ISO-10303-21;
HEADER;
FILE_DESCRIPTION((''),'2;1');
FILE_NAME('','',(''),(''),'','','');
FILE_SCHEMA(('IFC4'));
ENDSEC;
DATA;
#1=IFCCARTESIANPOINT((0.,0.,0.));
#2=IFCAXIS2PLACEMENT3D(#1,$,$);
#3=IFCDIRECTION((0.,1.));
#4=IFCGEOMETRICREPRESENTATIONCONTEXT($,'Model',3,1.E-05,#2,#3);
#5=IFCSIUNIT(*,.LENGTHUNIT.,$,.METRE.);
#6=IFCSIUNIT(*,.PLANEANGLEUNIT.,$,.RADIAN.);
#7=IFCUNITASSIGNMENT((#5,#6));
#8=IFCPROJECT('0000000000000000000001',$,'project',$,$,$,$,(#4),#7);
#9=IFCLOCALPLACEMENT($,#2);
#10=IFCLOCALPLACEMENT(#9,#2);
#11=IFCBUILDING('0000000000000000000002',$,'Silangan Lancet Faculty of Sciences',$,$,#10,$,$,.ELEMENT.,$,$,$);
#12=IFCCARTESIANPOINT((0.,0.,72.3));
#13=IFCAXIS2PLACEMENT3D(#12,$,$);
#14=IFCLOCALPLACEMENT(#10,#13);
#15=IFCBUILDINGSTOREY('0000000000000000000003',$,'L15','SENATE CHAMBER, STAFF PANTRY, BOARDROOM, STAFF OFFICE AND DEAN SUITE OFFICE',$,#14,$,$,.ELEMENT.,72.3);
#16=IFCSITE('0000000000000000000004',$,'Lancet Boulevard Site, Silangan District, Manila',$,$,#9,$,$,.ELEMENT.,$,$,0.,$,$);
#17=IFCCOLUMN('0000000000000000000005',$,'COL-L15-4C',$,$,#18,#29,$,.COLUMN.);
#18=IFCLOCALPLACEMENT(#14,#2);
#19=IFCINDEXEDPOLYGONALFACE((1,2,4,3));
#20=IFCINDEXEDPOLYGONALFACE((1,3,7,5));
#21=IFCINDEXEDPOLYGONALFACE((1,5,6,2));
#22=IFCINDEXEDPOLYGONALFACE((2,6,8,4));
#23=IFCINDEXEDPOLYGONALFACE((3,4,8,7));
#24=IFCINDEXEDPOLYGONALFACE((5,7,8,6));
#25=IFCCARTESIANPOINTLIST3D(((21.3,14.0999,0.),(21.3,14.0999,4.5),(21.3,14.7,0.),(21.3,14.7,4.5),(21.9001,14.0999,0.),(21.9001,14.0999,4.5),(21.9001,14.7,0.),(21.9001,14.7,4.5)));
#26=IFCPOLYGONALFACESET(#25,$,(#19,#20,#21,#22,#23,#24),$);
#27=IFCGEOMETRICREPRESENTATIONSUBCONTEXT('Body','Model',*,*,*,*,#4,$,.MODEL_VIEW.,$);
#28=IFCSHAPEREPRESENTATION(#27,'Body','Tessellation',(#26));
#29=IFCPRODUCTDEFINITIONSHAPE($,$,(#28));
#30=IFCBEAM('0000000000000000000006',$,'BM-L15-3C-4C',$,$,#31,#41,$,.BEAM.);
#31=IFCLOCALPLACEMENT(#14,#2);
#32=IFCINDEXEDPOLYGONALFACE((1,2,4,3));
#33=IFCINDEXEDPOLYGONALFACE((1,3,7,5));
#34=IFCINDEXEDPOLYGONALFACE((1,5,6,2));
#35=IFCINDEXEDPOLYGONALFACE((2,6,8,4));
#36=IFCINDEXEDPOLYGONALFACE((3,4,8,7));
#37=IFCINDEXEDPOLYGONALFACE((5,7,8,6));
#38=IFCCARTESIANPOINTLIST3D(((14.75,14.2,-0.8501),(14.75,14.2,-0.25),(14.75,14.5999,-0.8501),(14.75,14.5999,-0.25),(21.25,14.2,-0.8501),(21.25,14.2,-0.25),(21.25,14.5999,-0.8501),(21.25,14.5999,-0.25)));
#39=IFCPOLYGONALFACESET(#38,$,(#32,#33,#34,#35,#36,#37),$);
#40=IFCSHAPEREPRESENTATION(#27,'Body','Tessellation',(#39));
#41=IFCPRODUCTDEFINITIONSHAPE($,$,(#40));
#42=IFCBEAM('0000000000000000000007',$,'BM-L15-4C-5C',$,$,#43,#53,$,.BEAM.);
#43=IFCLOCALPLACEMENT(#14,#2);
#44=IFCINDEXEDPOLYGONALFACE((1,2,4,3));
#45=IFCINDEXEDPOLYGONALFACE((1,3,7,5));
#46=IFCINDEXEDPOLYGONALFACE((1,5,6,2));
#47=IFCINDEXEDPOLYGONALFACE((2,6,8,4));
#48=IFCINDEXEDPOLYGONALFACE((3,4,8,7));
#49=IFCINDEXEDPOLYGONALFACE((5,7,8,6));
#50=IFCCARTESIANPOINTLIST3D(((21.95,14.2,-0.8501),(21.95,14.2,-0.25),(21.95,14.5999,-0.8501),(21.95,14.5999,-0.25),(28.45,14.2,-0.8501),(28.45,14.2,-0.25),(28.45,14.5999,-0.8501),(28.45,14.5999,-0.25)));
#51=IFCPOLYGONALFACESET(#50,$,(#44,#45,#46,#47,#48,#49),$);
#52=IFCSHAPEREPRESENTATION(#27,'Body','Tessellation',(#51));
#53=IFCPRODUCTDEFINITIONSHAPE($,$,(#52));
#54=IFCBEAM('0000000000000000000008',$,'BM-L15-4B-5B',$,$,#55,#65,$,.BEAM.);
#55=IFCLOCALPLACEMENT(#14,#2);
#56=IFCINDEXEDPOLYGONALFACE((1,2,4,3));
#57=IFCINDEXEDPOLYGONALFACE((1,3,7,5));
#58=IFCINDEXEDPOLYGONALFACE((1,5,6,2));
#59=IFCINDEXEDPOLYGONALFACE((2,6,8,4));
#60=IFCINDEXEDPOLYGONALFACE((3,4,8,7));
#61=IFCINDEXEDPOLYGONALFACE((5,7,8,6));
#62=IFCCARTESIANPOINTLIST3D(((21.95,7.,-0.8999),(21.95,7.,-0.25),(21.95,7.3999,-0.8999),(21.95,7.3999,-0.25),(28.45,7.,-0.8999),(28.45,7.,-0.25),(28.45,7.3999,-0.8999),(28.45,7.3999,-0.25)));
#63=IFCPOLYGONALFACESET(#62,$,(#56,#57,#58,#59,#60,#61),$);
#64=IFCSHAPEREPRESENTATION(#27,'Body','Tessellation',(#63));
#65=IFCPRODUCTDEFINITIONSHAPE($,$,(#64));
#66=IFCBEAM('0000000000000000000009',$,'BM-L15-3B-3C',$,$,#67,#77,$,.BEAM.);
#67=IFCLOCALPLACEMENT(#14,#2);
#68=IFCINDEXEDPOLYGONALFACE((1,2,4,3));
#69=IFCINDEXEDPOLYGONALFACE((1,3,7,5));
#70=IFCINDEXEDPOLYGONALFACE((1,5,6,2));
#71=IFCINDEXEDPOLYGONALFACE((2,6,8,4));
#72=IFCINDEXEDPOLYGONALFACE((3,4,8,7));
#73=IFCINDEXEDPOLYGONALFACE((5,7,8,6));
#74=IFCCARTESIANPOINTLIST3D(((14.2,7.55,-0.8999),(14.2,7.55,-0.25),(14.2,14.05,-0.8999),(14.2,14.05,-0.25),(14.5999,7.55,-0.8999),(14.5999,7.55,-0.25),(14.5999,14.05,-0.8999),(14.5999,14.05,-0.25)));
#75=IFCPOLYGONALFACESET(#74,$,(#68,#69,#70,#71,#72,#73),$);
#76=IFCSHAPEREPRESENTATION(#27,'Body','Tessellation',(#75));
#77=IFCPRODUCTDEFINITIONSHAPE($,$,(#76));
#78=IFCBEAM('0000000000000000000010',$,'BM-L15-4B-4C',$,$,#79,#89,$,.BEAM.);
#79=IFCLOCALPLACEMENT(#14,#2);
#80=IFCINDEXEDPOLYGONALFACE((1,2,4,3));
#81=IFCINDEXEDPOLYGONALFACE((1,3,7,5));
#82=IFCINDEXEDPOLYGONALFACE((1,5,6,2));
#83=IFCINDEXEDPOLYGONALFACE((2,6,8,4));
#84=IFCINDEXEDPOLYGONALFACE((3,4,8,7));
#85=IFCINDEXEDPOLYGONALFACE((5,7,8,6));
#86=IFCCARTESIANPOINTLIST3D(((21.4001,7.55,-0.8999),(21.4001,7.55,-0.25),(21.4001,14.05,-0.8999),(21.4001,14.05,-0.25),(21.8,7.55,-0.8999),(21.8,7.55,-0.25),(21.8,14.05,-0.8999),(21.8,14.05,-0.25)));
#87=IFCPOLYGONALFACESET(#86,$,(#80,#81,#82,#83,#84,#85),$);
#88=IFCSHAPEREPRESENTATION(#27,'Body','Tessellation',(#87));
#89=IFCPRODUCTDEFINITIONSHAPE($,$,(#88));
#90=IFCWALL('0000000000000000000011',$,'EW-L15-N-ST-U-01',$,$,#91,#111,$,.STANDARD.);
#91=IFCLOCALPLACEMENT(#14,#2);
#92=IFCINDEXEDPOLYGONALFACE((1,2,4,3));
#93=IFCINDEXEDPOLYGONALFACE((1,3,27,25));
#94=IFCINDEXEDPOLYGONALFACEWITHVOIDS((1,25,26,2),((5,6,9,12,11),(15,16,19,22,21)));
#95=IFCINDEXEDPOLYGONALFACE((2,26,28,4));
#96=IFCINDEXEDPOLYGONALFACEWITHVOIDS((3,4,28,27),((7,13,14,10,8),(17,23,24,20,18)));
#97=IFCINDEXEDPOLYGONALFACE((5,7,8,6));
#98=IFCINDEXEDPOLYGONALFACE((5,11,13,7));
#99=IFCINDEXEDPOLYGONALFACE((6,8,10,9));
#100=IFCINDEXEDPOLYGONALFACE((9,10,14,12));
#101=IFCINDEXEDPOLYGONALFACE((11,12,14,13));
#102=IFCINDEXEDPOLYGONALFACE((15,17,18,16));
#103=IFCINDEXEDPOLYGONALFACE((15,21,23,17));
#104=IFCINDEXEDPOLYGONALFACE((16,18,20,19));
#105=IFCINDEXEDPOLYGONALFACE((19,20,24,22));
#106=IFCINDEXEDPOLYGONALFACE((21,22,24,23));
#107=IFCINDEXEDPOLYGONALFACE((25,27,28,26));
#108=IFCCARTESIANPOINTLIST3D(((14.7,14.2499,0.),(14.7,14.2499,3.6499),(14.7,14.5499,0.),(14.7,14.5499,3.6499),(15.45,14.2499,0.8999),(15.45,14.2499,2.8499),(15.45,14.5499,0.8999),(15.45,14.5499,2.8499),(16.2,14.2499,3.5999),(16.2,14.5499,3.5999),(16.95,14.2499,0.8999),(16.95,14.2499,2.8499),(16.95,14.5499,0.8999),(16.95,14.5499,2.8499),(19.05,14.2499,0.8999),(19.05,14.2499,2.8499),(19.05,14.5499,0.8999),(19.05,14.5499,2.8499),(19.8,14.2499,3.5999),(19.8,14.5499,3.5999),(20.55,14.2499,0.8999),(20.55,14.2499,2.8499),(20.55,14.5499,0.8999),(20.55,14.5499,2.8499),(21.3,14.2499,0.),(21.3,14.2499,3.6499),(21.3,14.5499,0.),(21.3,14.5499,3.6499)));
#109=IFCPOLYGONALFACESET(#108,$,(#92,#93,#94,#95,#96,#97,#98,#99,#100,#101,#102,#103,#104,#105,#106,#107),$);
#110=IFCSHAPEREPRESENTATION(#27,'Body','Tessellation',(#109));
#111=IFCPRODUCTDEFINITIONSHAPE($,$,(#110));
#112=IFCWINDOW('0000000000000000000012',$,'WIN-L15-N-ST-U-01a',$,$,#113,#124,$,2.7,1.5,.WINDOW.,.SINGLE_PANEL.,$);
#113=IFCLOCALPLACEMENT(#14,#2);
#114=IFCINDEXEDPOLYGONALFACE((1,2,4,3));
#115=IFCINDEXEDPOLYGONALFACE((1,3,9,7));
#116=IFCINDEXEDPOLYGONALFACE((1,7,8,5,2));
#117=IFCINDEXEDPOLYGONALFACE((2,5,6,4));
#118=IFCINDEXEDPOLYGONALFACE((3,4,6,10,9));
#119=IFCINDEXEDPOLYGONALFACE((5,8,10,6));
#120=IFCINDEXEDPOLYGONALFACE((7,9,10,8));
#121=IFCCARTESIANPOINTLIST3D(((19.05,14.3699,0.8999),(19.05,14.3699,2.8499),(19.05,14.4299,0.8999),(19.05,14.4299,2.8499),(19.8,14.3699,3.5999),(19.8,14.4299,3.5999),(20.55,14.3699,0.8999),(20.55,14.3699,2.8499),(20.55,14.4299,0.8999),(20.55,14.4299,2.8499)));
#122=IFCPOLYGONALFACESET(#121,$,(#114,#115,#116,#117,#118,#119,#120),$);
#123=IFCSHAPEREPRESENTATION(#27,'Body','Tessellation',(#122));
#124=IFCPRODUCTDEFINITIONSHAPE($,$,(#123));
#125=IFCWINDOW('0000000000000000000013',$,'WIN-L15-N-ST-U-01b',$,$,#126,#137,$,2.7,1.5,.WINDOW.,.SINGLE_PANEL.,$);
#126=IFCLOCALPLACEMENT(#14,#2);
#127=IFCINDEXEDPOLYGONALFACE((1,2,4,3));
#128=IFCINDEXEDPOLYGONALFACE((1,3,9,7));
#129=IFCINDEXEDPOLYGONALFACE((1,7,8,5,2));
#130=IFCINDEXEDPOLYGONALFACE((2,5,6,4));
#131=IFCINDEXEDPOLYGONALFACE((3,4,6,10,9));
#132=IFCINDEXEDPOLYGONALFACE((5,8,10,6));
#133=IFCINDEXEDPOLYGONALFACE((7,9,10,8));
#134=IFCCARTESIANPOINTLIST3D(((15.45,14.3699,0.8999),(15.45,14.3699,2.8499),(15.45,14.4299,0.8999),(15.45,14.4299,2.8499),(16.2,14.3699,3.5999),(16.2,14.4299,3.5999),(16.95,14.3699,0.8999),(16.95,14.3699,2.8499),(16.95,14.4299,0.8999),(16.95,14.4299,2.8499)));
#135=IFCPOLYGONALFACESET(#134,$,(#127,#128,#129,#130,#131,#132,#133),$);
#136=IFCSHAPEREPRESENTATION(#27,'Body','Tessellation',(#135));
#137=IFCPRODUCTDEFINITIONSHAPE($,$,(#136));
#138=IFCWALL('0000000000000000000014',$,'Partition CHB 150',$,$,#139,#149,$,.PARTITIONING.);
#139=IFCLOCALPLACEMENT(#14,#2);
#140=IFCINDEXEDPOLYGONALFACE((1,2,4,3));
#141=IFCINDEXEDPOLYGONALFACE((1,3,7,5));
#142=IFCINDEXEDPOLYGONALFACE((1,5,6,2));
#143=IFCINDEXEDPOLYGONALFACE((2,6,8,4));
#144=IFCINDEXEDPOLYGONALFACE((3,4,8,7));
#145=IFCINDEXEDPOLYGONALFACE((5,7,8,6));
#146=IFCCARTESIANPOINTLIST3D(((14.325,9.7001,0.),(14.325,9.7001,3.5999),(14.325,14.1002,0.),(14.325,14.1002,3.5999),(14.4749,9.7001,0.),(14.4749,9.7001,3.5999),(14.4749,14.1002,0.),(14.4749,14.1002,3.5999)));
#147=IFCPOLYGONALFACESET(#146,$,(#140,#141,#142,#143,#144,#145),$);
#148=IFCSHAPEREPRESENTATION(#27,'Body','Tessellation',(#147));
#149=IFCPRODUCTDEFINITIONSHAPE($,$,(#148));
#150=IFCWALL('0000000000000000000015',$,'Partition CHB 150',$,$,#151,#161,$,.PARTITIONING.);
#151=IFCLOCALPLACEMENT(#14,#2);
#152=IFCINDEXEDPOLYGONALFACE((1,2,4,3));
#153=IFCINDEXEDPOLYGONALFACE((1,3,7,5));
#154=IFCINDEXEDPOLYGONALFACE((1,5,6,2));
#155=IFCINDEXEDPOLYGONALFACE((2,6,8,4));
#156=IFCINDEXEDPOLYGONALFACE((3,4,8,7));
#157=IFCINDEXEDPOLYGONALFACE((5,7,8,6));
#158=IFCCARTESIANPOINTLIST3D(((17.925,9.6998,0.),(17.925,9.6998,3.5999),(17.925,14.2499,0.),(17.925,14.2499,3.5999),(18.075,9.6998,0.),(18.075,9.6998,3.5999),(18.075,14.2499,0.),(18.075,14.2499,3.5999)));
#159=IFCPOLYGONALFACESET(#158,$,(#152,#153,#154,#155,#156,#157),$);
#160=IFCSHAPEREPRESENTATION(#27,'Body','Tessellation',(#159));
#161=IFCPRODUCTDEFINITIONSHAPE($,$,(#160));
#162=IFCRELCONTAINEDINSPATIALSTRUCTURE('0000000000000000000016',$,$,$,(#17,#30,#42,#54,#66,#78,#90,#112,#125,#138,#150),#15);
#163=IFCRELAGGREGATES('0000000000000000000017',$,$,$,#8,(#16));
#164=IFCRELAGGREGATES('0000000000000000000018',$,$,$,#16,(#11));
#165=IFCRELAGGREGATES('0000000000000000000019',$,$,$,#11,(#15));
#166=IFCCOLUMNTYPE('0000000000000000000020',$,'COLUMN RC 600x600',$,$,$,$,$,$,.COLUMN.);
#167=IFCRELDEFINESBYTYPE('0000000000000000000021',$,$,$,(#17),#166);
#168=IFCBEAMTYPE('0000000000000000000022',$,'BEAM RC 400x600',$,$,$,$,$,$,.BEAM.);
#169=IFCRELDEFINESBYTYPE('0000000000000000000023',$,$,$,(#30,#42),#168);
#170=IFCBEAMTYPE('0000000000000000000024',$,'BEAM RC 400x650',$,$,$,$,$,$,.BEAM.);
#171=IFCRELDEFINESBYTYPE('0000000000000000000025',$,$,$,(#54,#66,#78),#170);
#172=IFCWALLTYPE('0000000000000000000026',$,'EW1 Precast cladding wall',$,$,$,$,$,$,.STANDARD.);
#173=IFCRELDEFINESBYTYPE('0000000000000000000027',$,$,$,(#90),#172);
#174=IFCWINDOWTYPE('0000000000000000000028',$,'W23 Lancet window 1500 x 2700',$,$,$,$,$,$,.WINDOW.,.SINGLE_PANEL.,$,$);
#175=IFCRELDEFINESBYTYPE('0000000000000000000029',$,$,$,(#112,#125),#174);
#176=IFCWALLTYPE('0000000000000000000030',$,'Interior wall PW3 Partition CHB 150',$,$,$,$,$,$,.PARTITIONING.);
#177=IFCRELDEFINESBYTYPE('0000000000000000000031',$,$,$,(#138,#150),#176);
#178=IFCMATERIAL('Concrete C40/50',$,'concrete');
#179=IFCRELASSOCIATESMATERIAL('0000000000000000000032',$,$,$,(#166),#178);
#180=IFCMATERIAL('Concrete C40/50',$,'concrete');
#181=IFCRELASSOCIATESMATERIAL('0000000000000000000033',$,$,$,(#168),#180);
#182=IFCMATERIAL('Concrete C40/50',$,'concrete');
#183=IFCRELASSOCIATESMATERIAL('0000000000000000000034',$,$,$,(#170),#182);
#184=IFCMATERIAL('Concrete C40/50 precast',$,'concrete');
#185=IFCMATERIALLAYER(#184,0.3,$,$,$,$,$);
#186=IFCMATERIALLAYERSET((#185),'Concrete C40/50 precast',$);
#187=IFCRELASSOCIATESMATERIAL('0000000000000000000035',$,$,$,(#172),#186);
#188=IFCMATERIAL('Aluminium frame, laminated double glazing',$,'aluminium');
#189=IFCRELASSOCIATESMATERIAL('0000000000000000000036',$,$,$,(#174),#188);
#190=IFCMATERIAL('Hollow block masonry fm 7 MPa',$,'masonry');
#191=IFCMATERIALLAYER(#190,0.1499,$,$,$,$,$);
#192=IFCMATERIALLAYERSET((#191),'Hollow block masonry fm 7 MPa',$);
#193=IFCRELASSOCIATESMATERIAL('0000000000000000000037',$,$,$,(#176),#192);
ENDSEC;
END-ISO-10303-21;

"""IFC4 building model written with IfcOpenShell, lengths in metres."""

from ifc_helpers import new_model, si_unit, direction, frame, frame_2d, origin, origin_2d, place, context, subcontext, project, spatial, polyline, rectangle, outline, extrude, material, layer, layer_set, material_profile, profile_set, type_object, element, fill, save


model = new_model("IFC4")

# Units and contexts
model_context = context("Model", 3, precision=1e-05, world=origin(), true_north=direction((0.0, 1.0)))
body_context = subcontext(model_context, "Body", "Model", "MODEL_VIEW")
ifc_project = project(units=[si_unit("LENGTHUNIT", "METRE"), si_unit("PLANEANGLEUNIT", "RADIAN")], contexts=[model_context])

# Site, building, storey
site_placement = place(None, origin())
site = spatial("IfcSite", under=ifc_project, at=site_placement, Name="Lancet Boulevard Site, Silangan District, Manila", CompositionType="ELEMENT", RefElevation=0.0)
building_placement = place(site_placement, origin())
building = spatial("IfcBuilding", under=site, at=building_placement, Name="Silangan Lancet Faculty of Sciences", CompositionType="ELEMENT")
storey_placement = place(building_placement, frame((0.0, 0.0, 72.3)))
storey = spatial("IfcBuildingStorey", under=building, at=storey_placement, Name="L15", Description="SENATE CHAMBER, STAFF PANTRY, BOARDROOM, STAFF OFFICE AND DEAN SUITE OFFICE", CompositionType="ELEMENT", Elevation=72.3)

# Column
ifc_material_1 = material(Name="Concrete C40/50", Category="concrete")
ifc_material_profile_1 = material_profile(ifc_material_1, rectangle(XDim=0.6001, YDim=0.6001, at=origin_2d()), Name="RC 600x600")
ifc_profile_set_1 = profile_set([ifc_material_profile_1], Name="Concrete C40/50")
column_type = type_object("IfcColumnType", Name="COLUMN RC 600x600", PredefinedType="COLUMN", material=ifc_profile_set_1)
column_placement = place(storey_placement, frame((21.6001, 14.3999, 0.0), z_axis=(0.0, 0.0, 1.0), x_axis=(1.0, 0.0, 0.0)))
element("IfcColumn", 1, at=column_placement, inside=storey, type_object=column_type, Name="COL-L15-4C", PredefinedType="COLUMN", context=body_context, shape_type="SweptSolid", body=[
    extrude(rectangle(XDim=0.6001, YDim=0.6001, at=origin_2d()), origin(), (0.0, 0.0, 1.0), 4.5),
])

# Beams
ifc_material_2 = material(Name="Concrete C40/50", Category="concrete")
ifc_material_profile_2 = material_profile(ifc_material_2, rectangle(XDim=0.3999, YDim=0.6001, at=origin_2d()), Name="RC 400x600")
ifc_profile_set_2 = profile_set([ifc_material_profile_2], Name="Concrete C40/50")
beam_type_1 = type_object("IfcBeamType", Name="BEAM RC 400x600", PredefinedType="BEAM", material=ifc_profile_set_2)
for number, where, z_axis, x_axis, name in (
    (2, (14.75, 14.3999, -0.55), (1.0, 0.0, 0.0), (0.0, 1.0, 0.0), "BM-L15-3C-4C"),
    (3, (21.95, 14.3999, -0.55), (1.0, 0.0, 0.0), (0.0, 1.0, 0.0), "BM-L15-4C-5C"),
):
    element("IfcBeam", number, at=place(storey_placement, frame(where, z_axis=z_axis, x_axis=x_axis)), inside=storey, type_object=beam_type_1, Name=name, PredefinedType="BEAM", context=body_context, shape_type="SweptSolid", body=[
        extrude(rectangle(XDim=0.3999, YDim=0.6001, at=origin_2d()), origin(), (0.0, 0.0, 1.0), 6.5),
    ])
ifc_material_3 = material(Name="Concrete C40/50", Category="concrete")
ifc_material_profile_3 = material_profile(ifc_material_3, rectangle(XDim=0.3999, YDim=0.6499, at=origin_2d()), Name="RC 400x650")
ifc_profile_set_3 = profile_set([ifc_material_profile_3], Name="Concrete C40/50")
beam_type_2 = type_object("IfcBeamType", Name="BEAM RC 400x650", PredefinedType="BEAM", material=ifc_profile_set_3)
for number, where, z_axis, x_axis, name in (
    (4, (21.95, 7.2, -0.575), (1.0, 0.0, 0.0), (0.0, 1.0, 0.0), "BM-L15-4B-5B"),
    (5, (14.3999, 7.55, -0.575), (0.0, 1.0, 0.0), (-1.0, 0.0, 0.0), "BM-L15-3B-3C"),
    (6, (21.6001, 7.55, -0.575), (0.0, 1.0, 0.0), (-1.0, 0.0, 0.0), "BM-L15-4B-4C"),
):
    element("IfcBeam", number, at=place(storey_placement, frame(where, z_axis=z_axis, x_axis=x_axis)), inside=storey, type_object=beam_type_2, Name=name, PredefinedType="BEAM", context=body_context, shape_type="SweptSolid", body=[
        extrude(rectangle(XDim=0.3999, YDim=0.6499, at=origin_2d()), origin(), (0.0, 0.0, 1.0), 6.5),
    ])

# Wall, openings, windows
ifc_material_4 = material(Name="Concrete C40/50 precast", Category="concrete")
ifc_layer_1 = layer(ifc_material_4, 0.3)
ifc_layer_set_1 = layer_set([ifc_layer_1], Name="Concrete C40/50 precast")
wall_type_1 = type_object("IfcWallType", Name="EW1 Precast cladding wall", PredefinedType="STANDARD", material=ifc_layer_set_1)
wall_1_placement = place(storey_placement, frame((21.3, 14.3999, 0.0), z_axis=(0.0, 0.0, 1.0), x_axis=(-1.0, 0.0, 0.0)))
wall_1 = element("IfcWall", 7, at=wall_1_placement, inside=storey, type_object=wall_type_1, Name="EW-L15-N-ST-U-01", PredefinedType="STANDARD", context=body_context, shape_type="SweptSolid", body=[
    extrude(rectangle(XDim=6.6001, YDim=0.3, at=frame_2d((3.3, 0.0))), origin(), (0.0, 0.0, 1.0), 3.6499),
])
opening_1_placement = place(wall_1_placement, frame((0.75, 0.0, 0.8999)))
opening_1 = element("IfcOpeningElement", 8, at=opening_1_placement, cuts=wall_1, PredefinedType="OPENING", context=body_context, shape_type="SweptSolid", body=[
    extrude(outline(polyline([(0.0, 0.0), (1.5, 0.0), (1.5, 1.95), (0.75, 2.7), (0.0, 1.95), (0.0, 0.0)])), frame((0.0, 0.1599, 0.0), z_axis=(0.0, -1.0, 0.0), x_axis=(1.0, 0.0, 0.0)), (0.0, 0.0, 1.0), 0.3201),
])
opening_2_placement = place(wall_1_placement, frame((4.3501, 0.0, 0.8999)))
opening_2 = element("IfcOpeningElement", 9, at=opening_2_placement, cuts=wall_1, PredefinedType="OPENING", context=body_context, shape_type="SweptSolid", body=[
    extrude(outline(polyline([(0.0, 0.0), (1.5, 0.0), (1.5, 1.95), (0.75, 2.7), (0.0, 1.95), (0.0, 0.0)])), frame((0.0, 0.1599, 0.0), z_axis=(0.0, -1.0, 0.0), x_axis=(1.0, 0.0, 0.0)), (0.0, 0.0, 1.0), 0.3201),
])
ifc_material_5 = material(Name="Aluminium frame, laminated double glazing", Category="aluminium")
window_type = type_object("IfcWindowType", Name="W23 Lancet window 1500 x 2700", PartitioningType="SINGLE_PANEL", PredefinedType="WINDOW", material=ifc_material_5)
window_1_placement = place(opening_1_placement, origin())
window_1 = element("IfcWindow", 10, at=window_1_placement, inside=storey, type_object=window_type, Name="WIN-L15-N-ST-U-01a", OverallHeight=2.7, OverallWidth=1.5, PartitioningType="SINGLE_PANEL", PredefinedType="WINDOW", context=body_context, shape_type="SweptSolid", body=[
    extrude(outline(polyline([(0.0, 0.0), (1.5, 0.0), (1.5, 1.95), (0.75, 2.7), (0.0, 1.95), (0.0, 0.0)])), frame((0.0, 0.03, 0.0), z_axis=(0.0, -1.0, 0.0), x_axis=(1.0, 0.0, 0.0)), (0.0, 0.0, 1.0), 0.0601),
])
fill(opening_1, window_1)
window_2_placement = place(opening_2_placement, origin())
window_2 = element("IfcWindow", 11, at=window_2_placement, inside=storey, type_object=window_type, Name="WIN-L15-N-ST-U-01b", OverallHeight=2.7, OverallWidth=1.5, PartitioningType="SINGLE_PANEL", PredefinedType="WINDOW", context=body_context, shape_type="SweptSolid", body=[
    extrude(outline(polyline([(0.0, 0.0), (1.5, 0.0), (1.5, 1.95), (0.75, 2.7), (0.0, 1.95), (0.0, 0.0)])), frame((0.0, 0.03, 0.0), z_axis=(0.0, -1.0, 0.0), x_axis=(1.0, 0.0, 0.0)), (0.0, 0.0, 1.0), 0.0601),
])
fill(opening_2, window_2)

# Walls
ifc_material_6 = material(Name="Hollow block masonry fm 7 MPa", Category="masonry")
ifc_layer_2 = layer(ifc_material_6, 0.1499)
ifc_layer_set_2 = layer_set([ifc_layer_2], Name="Hollow block masonry fm 7 MPa")
wall_type_2 = type_object("IfcWallType", Name="Interior wall PW3 Partition CHB 150", PredefinedType="PARTITIONING", material=ifc_layer_set_2)
wall_2_placement = place(storey_placement, frame((14.3999, 9.7, 0.0), z_axis=(0.0, 0.0, 1.0), x_axis=(0.0, 1.0, 0.0)))
element("IfcWall", 12, at=wall_2_placement, inside=storey, type_object=wall_type_2, Name="Partition CHB 150", PredefinedType="PARTITIONING", context=body_context, shape_type="SweptSolid", body=[
    extrude(rectangle(XDim=4.4001, YDim=0.1499, at=frame_2d((2.2002, 0.0))), origin(), (0.0, 0.0, 1.0), 3.5999),
])
wall_3_placement = place(storey_placement, frame((18.0, 9.7, 0.0), z_axis=(0.0, 0.0, 1.0), x_axis=(0.0, 1.0, 0.0)))
element("IfcWall", 13, at=wall_3_placement, inside=storey, type_object=wall_type_2, Name="Partition CHB 150", PredefinedType="PARTITIONING", context=body_context, shape_type="SweptSolid", body=[
    extrude(rectangle(XDim=4.55, YDim=0.1499, at=frame_2d((2.2749, 0.0))), origin(), (0.0, 0.0, 1.0), 3.5999),
])

save(model, "model.ifc")
